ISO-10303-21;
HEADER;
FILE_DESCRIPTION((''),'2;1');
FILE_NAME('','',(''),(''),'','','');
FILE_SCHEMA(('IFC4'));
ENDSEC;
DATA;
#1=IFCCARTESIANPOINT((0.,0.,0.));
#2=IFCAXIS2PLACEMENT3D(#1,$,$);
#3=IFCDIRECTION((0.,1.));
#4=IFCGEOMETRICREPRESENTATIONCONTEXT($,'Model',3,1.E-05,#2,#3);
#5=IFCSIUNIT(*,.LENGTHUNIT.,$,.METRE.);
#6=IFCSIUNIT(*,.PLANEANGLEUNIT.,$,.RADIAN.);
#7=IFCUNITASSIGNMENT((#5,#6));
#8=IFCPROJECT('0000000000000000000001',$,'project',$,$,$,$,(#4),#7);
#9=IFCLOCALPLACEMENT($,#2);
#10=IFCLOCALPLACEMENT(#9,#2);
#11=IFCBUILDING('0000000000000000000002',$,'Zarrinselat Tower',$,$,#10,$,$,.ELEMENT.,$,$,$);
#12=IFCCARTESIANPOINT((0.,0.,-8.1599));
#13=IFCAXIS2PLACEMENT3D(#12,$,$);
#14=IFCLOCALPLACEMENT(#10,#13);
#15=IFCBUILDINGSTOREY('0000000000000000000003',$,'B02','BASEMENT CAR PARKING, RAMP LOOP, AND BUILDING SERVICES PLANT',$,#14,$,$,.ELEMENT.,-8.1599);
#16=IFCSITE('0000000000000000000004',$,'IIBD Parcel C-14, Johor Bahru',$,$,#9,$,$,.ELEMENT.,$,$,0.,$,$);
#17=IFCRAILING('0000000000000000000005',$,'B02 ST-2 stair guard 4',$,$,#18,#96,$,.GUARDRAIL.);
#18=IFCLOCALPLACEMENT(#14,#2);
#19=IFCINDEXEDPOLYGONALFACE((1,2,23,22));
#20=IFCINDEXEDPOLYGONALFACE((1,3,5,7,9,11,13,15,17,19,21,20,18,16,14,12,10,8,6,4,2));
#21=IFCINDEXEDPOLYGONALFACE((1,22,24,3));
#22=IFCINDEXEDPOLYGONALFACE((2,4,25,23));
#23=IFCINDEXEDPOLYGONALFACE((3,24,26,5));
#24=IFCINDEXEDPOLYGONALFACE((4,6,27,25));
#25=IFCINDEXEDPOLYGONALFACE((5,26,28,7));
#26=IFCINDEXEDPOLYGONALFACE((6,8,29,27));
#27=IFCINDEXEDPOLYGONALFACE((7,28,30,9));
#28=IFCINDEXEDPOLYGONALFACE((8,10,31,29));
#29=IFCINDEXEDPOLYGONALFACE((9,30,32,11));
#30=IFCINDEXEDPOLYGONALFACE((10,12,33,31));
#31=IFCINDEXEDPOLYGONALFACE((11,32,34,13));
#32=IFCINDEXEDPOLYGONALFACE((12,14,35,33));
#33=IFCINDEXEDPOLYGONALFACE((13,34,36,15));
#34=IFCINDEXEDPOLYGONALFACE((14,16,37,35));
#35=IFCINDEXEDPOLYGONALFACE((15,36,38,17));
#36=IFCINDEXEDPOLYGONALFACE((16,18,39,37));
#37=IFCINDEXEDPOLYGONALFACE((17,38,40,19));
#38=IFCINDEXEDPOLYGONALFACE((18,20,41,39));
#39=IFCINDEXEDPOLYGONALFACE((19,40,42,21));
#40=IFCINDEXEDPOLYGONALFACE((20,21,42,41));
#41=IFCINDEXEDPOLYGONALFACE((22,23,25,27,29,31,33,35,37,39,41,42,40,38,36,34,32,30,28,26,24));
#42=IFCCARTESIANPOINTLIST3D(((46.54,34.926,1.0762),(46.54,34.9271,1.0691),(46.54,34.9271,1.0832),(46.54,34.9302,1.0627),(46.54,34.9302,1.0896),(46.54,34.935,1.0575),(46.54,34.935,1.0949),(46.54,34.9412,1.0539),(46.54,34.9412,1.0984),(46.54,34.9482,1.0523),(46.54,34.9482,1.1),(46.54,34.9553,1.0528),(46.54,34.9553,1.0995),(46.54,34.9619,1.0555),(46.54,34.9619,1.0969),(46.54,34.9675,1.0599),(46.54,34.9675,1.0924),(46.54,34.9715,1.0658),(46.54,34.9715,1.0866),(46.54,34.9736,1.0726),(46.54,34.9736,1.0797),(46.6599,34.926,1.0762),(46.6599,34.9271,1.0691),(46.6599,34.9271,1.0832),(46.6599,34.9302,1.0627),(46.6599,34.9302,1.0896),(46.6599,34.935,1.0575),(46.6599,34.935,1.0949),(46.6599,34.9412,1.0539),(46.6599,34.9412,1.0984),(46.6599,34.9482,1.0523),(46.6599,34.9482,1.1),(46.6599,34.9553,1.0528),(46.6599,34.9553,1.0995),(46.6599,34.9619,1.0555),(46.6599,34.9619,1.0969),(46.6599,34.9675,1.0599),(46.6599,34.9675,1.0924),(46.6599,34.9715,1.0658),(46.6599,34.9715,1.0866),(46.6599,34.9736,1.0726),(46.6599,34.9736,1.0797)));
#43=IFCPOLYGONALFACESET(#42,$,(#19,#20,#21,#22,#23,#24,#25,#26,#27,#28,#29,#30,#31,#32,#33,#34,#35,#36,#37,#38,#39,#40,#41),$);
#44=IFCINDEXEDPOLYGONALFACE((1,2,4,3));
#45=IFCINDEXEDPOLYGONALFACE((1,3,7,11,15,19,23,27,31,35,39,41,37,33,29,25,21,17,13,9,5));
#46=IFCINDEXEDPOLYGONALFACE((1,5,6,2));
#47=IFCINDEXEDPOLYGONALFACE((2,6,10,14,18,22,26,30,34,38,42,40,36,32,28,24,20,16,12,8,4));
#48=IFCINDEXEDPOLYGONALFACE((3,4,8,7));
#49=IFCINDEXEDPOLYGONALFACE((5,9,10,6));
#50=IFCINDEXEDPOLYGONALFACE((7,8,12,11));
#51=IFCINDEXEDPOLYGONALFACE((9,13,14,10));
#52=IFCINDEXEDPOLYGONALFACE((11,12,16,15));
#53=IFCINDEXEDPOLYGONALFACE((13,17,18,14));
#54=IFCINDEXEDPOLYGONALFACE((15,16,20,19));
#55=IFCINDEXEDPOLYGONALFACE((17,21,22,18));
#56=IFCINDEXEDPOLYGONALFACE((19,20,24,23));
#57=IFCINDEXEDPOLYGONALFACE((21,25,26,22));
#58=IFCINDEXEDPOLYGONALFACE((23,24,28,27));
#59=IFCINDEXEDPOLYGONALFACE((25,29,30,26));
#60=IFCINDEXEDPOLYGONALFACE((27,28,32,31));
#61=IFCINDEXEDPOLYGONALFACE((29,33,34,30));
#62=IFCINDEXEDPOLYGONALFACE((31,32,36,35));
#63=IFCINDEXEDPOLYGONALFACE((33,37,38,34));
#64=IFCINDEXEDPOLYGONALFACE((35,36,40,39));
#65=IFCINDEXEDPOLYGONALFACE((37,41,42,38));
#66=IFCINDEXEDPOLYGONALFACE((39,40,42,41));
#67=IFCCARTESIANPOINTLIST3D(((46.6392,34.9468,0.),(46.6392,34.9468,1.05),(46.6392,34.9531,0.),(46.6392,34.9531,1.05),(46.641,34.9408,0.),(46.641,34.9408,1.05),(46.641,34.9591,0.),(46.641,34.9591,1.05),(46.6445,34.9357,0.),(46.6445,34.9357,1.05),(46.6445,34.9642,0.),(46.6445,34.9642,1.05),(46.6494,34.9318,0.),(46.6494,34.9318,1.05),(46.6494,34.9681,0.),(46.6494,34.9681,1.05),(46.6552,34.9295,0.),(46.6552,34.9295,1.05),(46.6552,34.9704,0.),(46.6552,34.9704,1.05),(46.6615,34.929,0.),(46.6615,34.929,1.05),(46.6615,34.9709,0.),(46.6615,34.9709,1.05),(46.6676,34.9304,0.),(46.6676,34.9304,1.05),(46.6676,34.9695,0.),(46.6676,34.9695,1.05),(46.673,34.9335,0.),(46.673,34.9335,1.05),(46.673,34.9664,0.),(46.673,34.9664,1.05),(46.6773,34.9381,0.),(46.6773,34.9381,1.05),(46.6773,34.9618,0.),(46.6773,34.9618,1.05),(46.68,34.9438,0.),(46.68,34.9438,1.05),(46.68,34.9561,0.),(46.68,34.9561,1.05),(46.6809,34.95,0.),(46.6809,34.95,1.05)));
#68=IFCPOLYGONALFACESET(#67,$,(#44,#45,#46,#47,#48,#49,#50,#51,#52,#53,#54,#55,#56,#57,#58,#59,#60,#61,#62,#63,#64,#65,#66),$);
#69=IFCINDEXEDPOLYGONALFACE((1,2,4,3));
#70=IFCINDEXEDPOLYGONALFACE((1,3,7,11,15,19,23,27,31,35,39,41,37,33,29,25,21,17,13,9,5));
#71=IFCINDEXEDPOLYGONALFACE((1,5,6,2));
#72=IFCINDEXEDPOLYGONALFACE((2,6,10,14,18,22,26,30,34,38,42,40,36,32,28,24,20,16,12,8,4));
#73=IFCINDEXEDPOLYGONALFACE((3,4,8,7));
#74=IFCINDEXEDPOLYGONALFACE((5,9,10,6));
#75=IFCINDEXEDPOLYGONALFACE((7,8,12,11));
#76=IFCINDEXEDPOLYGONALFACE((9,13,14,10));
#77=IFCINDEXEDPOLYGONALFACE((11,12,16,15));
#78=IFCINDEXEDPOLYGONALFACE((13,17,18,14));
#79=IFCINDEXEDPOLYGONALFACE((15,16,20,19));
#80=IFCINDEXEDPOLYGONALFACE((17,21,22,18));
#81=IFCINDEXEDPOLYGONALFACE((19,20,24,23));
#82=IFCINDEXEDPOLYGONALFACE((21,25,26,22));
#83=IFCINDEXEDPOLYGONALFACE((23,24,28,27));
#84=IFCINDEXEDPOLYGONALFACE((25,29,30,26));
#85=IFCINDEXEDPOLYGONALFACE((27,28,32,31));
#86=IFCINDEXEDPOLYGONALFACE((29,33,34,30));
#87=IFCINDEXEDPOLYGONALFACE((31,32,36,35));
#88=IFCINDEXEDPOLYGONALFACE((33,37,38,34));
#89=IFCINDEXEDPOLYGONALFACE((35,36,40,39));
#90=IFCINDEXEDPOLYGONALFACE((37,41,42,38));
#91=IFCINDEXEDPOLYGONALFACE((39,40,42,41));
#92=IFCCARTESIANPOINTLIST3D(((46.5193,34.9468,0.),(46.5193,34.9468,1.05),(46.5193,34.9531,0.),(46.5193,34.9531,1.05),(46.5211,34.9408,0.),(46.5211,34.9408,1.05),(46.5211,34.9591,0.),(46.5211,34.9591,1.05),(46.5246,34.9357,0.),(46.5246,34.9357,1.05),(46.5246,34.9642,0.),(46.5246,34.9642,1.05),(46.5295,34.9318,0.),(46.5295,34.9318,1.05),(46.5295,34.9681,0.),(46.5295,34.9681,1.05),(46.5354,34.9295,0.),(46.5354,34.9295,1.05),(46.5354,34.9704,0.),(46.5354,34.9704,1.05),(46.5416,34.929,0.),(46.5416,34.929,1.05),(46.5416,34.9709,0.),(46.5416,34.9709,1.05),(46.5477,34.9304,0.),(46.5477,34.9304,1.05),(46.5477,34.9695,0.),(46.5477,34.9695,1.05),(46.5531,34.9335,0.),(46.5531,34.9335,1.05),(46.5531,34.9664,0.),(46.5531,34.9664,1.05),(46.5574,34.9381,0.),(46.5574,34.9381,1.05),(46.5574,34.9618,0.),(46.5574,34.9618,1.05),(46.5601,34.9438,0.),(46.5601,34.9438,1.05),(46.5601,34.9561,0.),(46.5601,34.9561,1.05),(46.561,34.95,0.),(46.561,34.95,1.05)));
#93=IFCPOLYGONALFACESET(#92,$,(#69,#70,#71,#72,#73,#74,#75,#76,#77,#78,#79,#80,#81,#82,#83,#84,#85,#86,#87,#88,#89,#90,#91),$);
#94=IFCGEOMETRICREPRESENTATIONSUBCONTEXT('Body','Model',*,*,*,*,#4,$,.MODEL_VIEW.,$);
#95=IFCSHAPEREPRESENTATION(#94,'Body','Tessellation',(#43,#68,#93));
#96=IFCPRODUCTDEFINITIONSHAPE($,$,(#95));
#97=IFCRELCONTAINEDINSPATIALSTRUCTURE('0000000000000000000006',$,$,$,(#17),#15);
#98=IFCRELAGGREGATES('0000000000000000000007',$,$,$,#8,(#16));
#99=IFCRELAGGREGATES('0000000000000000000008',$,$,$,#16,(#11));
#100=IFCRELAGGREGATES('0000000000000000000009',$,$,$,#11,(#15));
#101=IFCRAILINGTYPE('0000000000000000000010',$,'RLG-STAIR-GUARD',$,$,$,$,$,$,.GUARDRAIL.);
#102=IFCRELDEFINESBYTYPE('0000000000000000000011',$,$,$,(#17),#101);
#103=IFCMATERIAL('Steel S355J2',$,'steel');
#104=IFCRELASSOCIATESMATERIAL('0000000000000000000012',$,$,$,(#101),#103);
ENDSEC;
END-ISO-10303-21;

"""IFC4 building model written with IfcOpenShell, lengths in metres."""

from ifc_helpers import new_model, si_unit, direction, frame, origin, origin_2d, place, context, subcontext, project, spatial, circle, extrude, material, type_object, element, save


model = new_model("IFC4")

# Units and contexts
model_context = context("Model", 3, precision=1e-05, world=origin(), true_north=direction((0.0, 1.0)))
body_context = subcontext(model_context, "Body", "Model", "MODEL_VIEW")
ifc_project = project(units=[si_unit("LENGTHUNIT", "METRE"), si_unit("PLANEANGLEUNIT", "RADIAN")], contexts=[model_context])

# Site, building, storey
site_placement = place(None, origin())
site = spatial("IfcSite", under=ifc_project, at=site_placement, Name="IIBD Parcel C-14, Johor Bahru", CompositionType="ELEMENT", RefElevation=0.0)
building_placement = place(site_placement, origin())
building = spatial("IfcBuilding", under=site, at=building_placement, Name="Zarrinselat Tower", CompositionType="ELEMENT")
storey_placement = place(building_placement, frame((0.0, 0.0, -8.1599)))
storey = spatial("IfcBuildingStorey", under=building, at=storey_placement, Name="B02", Description="BASEMENT CAR PARKING, RAMP LOOP, AND BUILDING SERVICES PLANT", CompositionType="ELEMENT", Elevation=-8.1599)

# Railing
ifc_material_1 = material(Name="Steel S355J2", Category="steel")
railing_type_1 = type_object("IfcRailingType", Name="RLG-STAIR-GUARD", PredefinedType="GUARDRAIL", material=ifc_material_1)
railing_1_placement = place(storey_placement, frame((46.6599, 34.95, 0.0)))
element("IfcRailing", 1, at=railing_1_placement, inside=storey, type_object=railing_type_1, Name="B02 ST-2 stair guard 4", PredefinedType="GUARDRAIL", context=body_context, shape_type="SweptSolid", body=[
    extrude(circle(Radius=0.0239, at=origin_2d()), frame((0.0, 0.0, 1.0762), z_axis=(-1.0, 0.0, 0.0), x_axis=(0.0, -1.0, 0.0)), (0.0, 0.0, 1.0), 0.1199),
    extrude(circle(Radius=0.021, at=origin_2d()), origin(), (0.0, 0.0, 1.0), 1.05),
    extrude(circle(Radius=0.021, at=origin_2d()), frame((-0.1199, 0.0, 0.0)), (0.0, 0.0, 1.0), 1.05),
])

save(model, "model.ifc")
